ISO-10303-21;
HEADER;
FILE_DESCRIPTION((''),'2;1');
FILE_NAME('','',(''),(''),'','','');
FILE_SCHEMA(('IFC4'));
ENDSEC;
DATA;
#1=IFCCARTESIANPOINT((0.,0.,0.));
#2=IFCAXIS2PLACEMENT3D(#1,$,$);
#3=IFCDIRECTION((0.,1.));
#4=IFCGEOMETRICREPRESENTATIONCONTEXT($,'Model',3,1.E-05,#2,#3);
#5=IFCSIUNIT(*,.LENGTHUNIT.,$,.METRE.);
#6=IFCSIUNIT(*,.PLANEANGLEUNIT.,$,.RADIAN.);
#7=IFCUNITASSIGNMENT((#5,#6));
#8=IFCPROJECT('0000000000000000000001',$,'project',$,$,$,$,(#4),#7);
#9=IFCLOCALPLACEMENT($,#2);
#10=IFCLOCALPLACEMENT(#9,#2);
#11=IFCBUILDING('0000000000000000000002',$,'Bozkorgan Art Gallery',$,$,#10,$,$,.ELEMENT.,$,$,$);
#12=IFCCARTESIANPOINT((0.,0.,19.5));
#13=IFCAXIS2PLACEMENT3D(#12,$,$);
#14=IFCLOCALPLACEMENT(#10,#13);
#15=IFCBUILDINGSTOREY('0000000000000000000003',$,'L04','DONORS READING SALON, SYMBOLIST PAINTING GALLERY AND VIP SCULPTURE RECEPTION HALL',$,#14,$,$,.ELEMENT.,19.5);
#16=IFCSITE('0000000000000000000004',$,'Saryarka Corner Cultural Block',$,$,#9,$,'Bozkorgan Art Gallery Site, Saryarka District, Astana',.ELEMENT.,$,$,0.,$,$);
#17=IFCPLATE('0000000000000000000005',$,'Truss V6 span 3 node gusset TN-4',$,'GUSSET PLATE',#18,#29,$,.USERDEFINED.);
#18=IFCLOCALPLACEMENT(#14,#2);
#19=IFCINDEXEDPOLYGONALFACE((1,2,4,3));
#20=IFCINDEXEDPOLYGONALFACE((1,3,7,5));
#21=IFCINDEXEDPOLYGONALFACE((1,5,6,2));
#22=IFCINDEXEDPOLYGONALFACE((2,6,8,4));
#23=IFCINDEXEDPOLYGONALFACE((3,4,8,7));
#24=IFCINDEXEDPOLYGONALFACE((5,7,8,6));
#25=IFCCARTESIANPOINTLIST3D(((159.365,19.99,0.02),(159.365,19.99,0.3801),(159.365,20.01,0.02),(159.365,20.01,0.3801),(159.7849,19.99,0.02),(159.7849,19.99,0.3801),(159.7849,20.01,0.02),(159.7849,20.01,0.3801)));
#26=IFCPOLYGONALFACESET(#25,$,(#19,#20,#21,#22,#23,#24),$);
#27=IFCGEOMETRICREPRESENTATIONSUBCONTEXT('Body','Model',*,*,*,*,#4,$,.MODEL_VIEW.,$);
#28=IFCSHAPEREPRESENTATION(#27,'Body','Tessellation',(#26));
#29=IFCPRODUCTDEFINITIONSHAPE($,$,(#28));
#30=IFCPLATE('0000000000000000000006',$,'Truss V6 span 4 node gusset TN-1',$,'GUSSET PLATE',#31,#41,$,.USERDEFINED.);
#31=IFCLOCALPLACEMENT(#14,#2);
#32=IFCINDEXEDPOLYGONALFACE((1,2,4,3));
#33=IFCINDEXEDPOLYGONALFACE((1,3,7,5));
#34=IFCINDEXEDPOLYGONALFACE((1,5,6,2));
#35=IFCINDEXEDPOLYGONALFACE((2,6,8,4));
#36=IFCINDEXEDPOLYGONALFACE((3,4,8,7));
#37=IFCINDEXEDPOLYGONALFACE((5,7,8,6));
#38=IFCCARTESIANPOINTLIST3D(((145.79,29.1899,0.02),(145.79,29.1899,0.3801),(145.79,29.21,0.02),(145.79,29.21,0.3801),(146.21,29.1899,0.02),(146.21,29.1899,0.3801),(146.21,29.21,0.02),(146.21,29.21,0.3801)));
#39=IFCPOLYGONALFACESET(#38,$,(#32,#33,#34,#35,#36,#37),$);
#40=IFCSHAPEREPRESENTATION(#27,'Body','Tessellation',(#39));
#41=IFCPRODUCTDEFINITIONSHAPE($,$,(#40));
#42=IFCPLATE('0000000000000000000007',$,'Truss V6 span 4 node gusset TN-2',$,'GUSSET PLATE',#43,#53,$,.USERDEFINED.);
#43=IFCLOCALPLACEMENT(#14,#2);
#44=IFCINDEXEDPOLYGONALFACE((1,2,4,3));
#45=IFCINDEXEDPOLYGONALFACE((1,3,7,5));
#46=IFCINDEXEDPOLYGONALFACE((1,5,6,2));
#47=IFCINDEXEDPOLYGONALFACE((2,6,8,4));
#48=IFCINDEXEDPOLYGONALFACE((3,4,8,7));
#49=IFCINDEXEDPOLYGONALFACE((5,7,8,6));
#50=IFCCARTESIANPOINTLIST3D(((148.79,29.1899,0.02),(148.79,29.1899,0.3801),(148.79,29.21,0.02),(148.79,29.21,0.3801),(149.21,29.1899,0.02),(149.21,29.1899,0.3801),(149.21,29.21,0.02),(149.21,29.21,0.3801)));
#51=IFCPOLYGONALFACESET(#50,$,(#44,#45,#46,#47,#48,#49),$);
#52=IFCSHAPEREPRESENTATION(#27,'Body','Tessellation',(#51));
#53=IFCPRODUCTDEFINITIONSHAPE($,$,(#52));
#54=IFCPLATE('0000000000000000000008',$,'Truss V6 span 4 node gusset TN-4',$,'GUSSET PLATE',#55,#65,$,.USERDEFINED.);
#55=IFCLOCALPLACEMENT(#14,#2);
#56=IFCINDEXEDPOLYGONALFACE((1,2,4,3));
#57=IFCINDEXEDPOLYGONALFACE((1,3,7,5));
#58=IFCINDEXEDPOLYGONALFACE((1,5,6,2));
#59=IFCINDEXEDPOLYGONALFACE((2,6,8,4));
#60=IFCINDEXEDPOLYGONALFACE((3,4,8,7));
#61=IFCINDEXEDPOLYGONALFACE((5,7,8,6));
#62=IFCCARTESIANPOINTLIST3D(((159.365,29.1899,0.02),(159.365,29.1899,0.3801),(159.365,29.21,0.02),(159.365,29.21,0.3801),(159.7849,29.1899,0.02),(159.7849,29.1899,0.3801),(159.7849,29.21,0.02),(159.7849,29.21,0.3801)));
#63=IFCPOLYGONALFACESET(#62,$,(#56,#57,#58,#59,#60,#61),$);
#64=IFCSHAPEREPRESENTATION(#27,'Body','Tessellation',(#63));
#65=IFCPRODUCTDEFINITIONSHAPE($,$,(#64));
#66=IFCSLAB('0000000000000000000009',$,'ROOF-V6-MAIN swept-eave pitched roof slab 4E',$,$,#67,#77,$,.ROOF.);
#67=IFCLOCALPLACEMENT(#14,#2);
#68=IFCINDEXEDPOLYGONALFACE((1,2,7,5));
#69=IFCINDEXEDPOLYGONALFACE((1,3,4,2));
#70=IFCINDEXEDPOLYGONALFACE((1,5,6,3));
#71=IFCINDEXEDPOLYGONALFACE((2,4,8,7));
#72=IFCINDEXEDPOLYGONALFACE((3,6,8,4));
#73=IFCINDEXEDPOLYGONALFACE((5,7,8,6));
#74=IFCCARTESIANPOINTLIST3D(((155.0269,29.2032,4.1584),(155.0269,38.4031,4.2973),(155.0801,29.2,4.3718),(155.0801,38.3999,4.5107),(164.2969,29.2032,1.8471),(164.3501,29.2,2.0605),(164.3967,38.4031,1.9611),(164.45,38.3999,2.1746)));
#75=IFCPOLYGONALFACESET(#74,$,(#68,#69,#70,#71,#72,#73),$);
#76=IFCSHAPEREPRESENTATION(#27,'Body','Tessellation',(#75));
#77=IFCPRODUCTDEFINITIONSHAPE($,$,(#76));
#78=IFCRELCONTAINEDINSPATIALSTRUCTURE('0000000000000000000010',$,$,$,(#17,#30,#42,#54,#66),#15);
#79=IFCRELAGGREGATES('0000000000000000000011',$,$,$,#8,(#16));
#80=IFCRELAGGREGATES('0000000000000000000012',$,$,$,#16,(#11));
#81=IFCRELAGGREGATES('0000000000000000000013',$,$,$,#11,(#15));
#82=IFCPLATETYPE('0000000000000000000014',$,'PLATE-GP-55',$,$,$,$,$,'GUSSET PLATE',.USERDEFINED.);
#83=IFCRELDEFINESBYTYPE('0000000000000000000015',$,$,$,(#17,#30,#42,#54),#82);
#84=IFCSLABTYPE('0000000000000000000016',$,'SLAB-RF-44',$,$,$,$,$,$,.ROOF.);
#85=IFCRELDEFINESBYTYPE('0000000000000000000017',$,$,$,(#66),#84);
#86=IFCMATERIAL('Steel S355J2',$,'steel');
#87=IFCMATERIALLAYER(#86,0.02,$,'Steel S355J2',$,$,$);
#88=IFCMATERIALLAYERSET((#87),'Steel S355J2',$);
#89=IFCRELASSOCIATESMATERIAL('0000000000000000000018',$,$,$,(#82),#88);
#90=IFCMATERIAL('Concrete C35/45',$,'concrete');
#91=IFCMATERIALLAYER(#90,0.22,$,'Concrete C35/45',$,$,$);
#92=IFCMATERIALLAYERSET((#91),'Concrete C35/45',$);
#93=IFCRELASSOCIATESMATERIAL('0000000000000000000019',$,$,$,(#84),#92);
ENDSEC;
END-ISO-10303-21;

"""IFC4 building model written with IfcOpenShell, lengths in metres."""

from ifc_helpers import new_model, si_unit, direction, frame, origin, origin_2d, place, context, subcontext, project, spatial, polyline, rectangle, outline, extrude, material, layer, layer_set, type_object, element, save


model = new_model("IFC4")

# Units and contexts
model_context = context("Model", 3, precision=1e-05, world=origin(), true_north=direction((0.0, 1.0)))
body_context = subcontext(model_context, "Body", "Model", "MODEL_VIEW")
ifc_project = project(units=[si_unit("LENGTHUNIT", "METRE"), si_unit("PLANEANGLEUNIT", "RADIAN")], contexts=[model_context])

# Site, building, storey
site_placement = place(None, origin())
site = spatial("IfcSite", under=ifc_project, at=site_placement, Name="Saryarka Corner Cultural Block", LongName="Bozkorgan Art Gallery Site, Saryarka District, Astana", CompositionType="ELEMENT", RefElevation=0.0)
building_placement = place(site_placement, origin())
building = spatial("IfcBuilding", under=site, at=building_placement, Name="Bozkorgan Art Gallery", CompositionType="ELEMENT")
storey_placement = place(building_placement, frame((0.0, 0.0, 19.5)))
storey = spatial("IfcBuildingStorey", under=building, at=storey_placement, Name="L04", Description="DONORS READING SALON, SYMBOLIST PAINTING GALLERY AND VIP SCULPTURE RECEPTION HALL", CompositionType="ELEMENT", Elevation=19.5)

# Shared definitions
ifc_material_1 = material(Name="Steel S355J2", Category="steel")

# Plates
ifc_layer_1 = layer(ifc_material_1, 0.02, Name="Steel S355J2")
ifc_layer_set_1 = layer_set([ifc_layer_1], Name="Steel S355J2")
plate_type_1 = type_object("IfcPlateType", Name="PLATE-GP-55", ElementType="GUSSET PLATE", PredefinedType="USERDEFINED", material=ifc_layer_set_1)
for number, where, z_axis, x_axis, name in (
    (1, (159.575, 20.0, 0.02), (0.0, 0.0, 1.0), (1.0, 0.0, 0.0), "Truss V6 span 3 node gusset TN-4"),
    (2, (146.0, 29.2, 0.02), (0.0, 0.0, 1.0), (1.0, 0.0, 0.0), "Truss V6 span 4 node gusset TN-1"),
    (3, (149.0, 29.2, 0.02), (0.0, 0.0, 1.0), (1.0, 0.0, 0.0), "Truss V6 span 4 node gusset TN-2"),
    (4, (159.575, 29.2, 0.02), (0.0, 0.0, 1.0), (1.0, 0.0, 0.0), "Truss V6 span 4 node gusset TN-4"),
):
    element("IfcPlate", number, at=place(storey_placement, frame(where, z_axis=z_axis, x_axis=x_axis)), inside=storey, type_object=plate_type_1, Name=name, ObjectType="GUSSET PLATE", PredefinedType="USERDEFINED", context=body_context, shape_type="SweptSolid", body=[
        extrude(rectangle(XDim=0.4199, YDim=0.02, at=origin_2d()), origin(), (0.0, 0.0, 1.0), 0.3601),
    ])

# Slab
ifc_material_2 = material(Name="Concrete C35/45", Category="concrete")
ifc_layer_2 = layer(ifc_material_2, 0.22, Name="Concrete C35/45")
ifc_layer_set_2 = layer_set([ifc_layer_2], Name="Concrete C35/45")
slab_type = type_object("IfcSlabType", Name="SLAB-RF-44", PredefinedType="ROOF", material=ifc_layer_set_2)
slab_placement = place(storey_placement, frame((155.0801, 29.2, 4.3718), z_axis=(0.241897, -0.014649, 0.970191), x_axis=(0.970296, 0.0, -0.241923)))
element("IfcSlab", 5, at=slab_placement, inside=storey, type_object=slab_type, Name="ROOF-V6-MAIN swept-eave pitched roof slab 4E", PredefinedType="ROOF", context=body_context, shape_type="SweptSolid", body=[
    extrude(outline(polyline([(0.0, 0.0), (9.5538, 0.0), (9.6231, 9.2009), (-0.0336, 9.2009), (0.0, 0.0)])), origin(), (0.0, 0.0, -1.0), 0.22),
])

save(model, "model.ifc")
